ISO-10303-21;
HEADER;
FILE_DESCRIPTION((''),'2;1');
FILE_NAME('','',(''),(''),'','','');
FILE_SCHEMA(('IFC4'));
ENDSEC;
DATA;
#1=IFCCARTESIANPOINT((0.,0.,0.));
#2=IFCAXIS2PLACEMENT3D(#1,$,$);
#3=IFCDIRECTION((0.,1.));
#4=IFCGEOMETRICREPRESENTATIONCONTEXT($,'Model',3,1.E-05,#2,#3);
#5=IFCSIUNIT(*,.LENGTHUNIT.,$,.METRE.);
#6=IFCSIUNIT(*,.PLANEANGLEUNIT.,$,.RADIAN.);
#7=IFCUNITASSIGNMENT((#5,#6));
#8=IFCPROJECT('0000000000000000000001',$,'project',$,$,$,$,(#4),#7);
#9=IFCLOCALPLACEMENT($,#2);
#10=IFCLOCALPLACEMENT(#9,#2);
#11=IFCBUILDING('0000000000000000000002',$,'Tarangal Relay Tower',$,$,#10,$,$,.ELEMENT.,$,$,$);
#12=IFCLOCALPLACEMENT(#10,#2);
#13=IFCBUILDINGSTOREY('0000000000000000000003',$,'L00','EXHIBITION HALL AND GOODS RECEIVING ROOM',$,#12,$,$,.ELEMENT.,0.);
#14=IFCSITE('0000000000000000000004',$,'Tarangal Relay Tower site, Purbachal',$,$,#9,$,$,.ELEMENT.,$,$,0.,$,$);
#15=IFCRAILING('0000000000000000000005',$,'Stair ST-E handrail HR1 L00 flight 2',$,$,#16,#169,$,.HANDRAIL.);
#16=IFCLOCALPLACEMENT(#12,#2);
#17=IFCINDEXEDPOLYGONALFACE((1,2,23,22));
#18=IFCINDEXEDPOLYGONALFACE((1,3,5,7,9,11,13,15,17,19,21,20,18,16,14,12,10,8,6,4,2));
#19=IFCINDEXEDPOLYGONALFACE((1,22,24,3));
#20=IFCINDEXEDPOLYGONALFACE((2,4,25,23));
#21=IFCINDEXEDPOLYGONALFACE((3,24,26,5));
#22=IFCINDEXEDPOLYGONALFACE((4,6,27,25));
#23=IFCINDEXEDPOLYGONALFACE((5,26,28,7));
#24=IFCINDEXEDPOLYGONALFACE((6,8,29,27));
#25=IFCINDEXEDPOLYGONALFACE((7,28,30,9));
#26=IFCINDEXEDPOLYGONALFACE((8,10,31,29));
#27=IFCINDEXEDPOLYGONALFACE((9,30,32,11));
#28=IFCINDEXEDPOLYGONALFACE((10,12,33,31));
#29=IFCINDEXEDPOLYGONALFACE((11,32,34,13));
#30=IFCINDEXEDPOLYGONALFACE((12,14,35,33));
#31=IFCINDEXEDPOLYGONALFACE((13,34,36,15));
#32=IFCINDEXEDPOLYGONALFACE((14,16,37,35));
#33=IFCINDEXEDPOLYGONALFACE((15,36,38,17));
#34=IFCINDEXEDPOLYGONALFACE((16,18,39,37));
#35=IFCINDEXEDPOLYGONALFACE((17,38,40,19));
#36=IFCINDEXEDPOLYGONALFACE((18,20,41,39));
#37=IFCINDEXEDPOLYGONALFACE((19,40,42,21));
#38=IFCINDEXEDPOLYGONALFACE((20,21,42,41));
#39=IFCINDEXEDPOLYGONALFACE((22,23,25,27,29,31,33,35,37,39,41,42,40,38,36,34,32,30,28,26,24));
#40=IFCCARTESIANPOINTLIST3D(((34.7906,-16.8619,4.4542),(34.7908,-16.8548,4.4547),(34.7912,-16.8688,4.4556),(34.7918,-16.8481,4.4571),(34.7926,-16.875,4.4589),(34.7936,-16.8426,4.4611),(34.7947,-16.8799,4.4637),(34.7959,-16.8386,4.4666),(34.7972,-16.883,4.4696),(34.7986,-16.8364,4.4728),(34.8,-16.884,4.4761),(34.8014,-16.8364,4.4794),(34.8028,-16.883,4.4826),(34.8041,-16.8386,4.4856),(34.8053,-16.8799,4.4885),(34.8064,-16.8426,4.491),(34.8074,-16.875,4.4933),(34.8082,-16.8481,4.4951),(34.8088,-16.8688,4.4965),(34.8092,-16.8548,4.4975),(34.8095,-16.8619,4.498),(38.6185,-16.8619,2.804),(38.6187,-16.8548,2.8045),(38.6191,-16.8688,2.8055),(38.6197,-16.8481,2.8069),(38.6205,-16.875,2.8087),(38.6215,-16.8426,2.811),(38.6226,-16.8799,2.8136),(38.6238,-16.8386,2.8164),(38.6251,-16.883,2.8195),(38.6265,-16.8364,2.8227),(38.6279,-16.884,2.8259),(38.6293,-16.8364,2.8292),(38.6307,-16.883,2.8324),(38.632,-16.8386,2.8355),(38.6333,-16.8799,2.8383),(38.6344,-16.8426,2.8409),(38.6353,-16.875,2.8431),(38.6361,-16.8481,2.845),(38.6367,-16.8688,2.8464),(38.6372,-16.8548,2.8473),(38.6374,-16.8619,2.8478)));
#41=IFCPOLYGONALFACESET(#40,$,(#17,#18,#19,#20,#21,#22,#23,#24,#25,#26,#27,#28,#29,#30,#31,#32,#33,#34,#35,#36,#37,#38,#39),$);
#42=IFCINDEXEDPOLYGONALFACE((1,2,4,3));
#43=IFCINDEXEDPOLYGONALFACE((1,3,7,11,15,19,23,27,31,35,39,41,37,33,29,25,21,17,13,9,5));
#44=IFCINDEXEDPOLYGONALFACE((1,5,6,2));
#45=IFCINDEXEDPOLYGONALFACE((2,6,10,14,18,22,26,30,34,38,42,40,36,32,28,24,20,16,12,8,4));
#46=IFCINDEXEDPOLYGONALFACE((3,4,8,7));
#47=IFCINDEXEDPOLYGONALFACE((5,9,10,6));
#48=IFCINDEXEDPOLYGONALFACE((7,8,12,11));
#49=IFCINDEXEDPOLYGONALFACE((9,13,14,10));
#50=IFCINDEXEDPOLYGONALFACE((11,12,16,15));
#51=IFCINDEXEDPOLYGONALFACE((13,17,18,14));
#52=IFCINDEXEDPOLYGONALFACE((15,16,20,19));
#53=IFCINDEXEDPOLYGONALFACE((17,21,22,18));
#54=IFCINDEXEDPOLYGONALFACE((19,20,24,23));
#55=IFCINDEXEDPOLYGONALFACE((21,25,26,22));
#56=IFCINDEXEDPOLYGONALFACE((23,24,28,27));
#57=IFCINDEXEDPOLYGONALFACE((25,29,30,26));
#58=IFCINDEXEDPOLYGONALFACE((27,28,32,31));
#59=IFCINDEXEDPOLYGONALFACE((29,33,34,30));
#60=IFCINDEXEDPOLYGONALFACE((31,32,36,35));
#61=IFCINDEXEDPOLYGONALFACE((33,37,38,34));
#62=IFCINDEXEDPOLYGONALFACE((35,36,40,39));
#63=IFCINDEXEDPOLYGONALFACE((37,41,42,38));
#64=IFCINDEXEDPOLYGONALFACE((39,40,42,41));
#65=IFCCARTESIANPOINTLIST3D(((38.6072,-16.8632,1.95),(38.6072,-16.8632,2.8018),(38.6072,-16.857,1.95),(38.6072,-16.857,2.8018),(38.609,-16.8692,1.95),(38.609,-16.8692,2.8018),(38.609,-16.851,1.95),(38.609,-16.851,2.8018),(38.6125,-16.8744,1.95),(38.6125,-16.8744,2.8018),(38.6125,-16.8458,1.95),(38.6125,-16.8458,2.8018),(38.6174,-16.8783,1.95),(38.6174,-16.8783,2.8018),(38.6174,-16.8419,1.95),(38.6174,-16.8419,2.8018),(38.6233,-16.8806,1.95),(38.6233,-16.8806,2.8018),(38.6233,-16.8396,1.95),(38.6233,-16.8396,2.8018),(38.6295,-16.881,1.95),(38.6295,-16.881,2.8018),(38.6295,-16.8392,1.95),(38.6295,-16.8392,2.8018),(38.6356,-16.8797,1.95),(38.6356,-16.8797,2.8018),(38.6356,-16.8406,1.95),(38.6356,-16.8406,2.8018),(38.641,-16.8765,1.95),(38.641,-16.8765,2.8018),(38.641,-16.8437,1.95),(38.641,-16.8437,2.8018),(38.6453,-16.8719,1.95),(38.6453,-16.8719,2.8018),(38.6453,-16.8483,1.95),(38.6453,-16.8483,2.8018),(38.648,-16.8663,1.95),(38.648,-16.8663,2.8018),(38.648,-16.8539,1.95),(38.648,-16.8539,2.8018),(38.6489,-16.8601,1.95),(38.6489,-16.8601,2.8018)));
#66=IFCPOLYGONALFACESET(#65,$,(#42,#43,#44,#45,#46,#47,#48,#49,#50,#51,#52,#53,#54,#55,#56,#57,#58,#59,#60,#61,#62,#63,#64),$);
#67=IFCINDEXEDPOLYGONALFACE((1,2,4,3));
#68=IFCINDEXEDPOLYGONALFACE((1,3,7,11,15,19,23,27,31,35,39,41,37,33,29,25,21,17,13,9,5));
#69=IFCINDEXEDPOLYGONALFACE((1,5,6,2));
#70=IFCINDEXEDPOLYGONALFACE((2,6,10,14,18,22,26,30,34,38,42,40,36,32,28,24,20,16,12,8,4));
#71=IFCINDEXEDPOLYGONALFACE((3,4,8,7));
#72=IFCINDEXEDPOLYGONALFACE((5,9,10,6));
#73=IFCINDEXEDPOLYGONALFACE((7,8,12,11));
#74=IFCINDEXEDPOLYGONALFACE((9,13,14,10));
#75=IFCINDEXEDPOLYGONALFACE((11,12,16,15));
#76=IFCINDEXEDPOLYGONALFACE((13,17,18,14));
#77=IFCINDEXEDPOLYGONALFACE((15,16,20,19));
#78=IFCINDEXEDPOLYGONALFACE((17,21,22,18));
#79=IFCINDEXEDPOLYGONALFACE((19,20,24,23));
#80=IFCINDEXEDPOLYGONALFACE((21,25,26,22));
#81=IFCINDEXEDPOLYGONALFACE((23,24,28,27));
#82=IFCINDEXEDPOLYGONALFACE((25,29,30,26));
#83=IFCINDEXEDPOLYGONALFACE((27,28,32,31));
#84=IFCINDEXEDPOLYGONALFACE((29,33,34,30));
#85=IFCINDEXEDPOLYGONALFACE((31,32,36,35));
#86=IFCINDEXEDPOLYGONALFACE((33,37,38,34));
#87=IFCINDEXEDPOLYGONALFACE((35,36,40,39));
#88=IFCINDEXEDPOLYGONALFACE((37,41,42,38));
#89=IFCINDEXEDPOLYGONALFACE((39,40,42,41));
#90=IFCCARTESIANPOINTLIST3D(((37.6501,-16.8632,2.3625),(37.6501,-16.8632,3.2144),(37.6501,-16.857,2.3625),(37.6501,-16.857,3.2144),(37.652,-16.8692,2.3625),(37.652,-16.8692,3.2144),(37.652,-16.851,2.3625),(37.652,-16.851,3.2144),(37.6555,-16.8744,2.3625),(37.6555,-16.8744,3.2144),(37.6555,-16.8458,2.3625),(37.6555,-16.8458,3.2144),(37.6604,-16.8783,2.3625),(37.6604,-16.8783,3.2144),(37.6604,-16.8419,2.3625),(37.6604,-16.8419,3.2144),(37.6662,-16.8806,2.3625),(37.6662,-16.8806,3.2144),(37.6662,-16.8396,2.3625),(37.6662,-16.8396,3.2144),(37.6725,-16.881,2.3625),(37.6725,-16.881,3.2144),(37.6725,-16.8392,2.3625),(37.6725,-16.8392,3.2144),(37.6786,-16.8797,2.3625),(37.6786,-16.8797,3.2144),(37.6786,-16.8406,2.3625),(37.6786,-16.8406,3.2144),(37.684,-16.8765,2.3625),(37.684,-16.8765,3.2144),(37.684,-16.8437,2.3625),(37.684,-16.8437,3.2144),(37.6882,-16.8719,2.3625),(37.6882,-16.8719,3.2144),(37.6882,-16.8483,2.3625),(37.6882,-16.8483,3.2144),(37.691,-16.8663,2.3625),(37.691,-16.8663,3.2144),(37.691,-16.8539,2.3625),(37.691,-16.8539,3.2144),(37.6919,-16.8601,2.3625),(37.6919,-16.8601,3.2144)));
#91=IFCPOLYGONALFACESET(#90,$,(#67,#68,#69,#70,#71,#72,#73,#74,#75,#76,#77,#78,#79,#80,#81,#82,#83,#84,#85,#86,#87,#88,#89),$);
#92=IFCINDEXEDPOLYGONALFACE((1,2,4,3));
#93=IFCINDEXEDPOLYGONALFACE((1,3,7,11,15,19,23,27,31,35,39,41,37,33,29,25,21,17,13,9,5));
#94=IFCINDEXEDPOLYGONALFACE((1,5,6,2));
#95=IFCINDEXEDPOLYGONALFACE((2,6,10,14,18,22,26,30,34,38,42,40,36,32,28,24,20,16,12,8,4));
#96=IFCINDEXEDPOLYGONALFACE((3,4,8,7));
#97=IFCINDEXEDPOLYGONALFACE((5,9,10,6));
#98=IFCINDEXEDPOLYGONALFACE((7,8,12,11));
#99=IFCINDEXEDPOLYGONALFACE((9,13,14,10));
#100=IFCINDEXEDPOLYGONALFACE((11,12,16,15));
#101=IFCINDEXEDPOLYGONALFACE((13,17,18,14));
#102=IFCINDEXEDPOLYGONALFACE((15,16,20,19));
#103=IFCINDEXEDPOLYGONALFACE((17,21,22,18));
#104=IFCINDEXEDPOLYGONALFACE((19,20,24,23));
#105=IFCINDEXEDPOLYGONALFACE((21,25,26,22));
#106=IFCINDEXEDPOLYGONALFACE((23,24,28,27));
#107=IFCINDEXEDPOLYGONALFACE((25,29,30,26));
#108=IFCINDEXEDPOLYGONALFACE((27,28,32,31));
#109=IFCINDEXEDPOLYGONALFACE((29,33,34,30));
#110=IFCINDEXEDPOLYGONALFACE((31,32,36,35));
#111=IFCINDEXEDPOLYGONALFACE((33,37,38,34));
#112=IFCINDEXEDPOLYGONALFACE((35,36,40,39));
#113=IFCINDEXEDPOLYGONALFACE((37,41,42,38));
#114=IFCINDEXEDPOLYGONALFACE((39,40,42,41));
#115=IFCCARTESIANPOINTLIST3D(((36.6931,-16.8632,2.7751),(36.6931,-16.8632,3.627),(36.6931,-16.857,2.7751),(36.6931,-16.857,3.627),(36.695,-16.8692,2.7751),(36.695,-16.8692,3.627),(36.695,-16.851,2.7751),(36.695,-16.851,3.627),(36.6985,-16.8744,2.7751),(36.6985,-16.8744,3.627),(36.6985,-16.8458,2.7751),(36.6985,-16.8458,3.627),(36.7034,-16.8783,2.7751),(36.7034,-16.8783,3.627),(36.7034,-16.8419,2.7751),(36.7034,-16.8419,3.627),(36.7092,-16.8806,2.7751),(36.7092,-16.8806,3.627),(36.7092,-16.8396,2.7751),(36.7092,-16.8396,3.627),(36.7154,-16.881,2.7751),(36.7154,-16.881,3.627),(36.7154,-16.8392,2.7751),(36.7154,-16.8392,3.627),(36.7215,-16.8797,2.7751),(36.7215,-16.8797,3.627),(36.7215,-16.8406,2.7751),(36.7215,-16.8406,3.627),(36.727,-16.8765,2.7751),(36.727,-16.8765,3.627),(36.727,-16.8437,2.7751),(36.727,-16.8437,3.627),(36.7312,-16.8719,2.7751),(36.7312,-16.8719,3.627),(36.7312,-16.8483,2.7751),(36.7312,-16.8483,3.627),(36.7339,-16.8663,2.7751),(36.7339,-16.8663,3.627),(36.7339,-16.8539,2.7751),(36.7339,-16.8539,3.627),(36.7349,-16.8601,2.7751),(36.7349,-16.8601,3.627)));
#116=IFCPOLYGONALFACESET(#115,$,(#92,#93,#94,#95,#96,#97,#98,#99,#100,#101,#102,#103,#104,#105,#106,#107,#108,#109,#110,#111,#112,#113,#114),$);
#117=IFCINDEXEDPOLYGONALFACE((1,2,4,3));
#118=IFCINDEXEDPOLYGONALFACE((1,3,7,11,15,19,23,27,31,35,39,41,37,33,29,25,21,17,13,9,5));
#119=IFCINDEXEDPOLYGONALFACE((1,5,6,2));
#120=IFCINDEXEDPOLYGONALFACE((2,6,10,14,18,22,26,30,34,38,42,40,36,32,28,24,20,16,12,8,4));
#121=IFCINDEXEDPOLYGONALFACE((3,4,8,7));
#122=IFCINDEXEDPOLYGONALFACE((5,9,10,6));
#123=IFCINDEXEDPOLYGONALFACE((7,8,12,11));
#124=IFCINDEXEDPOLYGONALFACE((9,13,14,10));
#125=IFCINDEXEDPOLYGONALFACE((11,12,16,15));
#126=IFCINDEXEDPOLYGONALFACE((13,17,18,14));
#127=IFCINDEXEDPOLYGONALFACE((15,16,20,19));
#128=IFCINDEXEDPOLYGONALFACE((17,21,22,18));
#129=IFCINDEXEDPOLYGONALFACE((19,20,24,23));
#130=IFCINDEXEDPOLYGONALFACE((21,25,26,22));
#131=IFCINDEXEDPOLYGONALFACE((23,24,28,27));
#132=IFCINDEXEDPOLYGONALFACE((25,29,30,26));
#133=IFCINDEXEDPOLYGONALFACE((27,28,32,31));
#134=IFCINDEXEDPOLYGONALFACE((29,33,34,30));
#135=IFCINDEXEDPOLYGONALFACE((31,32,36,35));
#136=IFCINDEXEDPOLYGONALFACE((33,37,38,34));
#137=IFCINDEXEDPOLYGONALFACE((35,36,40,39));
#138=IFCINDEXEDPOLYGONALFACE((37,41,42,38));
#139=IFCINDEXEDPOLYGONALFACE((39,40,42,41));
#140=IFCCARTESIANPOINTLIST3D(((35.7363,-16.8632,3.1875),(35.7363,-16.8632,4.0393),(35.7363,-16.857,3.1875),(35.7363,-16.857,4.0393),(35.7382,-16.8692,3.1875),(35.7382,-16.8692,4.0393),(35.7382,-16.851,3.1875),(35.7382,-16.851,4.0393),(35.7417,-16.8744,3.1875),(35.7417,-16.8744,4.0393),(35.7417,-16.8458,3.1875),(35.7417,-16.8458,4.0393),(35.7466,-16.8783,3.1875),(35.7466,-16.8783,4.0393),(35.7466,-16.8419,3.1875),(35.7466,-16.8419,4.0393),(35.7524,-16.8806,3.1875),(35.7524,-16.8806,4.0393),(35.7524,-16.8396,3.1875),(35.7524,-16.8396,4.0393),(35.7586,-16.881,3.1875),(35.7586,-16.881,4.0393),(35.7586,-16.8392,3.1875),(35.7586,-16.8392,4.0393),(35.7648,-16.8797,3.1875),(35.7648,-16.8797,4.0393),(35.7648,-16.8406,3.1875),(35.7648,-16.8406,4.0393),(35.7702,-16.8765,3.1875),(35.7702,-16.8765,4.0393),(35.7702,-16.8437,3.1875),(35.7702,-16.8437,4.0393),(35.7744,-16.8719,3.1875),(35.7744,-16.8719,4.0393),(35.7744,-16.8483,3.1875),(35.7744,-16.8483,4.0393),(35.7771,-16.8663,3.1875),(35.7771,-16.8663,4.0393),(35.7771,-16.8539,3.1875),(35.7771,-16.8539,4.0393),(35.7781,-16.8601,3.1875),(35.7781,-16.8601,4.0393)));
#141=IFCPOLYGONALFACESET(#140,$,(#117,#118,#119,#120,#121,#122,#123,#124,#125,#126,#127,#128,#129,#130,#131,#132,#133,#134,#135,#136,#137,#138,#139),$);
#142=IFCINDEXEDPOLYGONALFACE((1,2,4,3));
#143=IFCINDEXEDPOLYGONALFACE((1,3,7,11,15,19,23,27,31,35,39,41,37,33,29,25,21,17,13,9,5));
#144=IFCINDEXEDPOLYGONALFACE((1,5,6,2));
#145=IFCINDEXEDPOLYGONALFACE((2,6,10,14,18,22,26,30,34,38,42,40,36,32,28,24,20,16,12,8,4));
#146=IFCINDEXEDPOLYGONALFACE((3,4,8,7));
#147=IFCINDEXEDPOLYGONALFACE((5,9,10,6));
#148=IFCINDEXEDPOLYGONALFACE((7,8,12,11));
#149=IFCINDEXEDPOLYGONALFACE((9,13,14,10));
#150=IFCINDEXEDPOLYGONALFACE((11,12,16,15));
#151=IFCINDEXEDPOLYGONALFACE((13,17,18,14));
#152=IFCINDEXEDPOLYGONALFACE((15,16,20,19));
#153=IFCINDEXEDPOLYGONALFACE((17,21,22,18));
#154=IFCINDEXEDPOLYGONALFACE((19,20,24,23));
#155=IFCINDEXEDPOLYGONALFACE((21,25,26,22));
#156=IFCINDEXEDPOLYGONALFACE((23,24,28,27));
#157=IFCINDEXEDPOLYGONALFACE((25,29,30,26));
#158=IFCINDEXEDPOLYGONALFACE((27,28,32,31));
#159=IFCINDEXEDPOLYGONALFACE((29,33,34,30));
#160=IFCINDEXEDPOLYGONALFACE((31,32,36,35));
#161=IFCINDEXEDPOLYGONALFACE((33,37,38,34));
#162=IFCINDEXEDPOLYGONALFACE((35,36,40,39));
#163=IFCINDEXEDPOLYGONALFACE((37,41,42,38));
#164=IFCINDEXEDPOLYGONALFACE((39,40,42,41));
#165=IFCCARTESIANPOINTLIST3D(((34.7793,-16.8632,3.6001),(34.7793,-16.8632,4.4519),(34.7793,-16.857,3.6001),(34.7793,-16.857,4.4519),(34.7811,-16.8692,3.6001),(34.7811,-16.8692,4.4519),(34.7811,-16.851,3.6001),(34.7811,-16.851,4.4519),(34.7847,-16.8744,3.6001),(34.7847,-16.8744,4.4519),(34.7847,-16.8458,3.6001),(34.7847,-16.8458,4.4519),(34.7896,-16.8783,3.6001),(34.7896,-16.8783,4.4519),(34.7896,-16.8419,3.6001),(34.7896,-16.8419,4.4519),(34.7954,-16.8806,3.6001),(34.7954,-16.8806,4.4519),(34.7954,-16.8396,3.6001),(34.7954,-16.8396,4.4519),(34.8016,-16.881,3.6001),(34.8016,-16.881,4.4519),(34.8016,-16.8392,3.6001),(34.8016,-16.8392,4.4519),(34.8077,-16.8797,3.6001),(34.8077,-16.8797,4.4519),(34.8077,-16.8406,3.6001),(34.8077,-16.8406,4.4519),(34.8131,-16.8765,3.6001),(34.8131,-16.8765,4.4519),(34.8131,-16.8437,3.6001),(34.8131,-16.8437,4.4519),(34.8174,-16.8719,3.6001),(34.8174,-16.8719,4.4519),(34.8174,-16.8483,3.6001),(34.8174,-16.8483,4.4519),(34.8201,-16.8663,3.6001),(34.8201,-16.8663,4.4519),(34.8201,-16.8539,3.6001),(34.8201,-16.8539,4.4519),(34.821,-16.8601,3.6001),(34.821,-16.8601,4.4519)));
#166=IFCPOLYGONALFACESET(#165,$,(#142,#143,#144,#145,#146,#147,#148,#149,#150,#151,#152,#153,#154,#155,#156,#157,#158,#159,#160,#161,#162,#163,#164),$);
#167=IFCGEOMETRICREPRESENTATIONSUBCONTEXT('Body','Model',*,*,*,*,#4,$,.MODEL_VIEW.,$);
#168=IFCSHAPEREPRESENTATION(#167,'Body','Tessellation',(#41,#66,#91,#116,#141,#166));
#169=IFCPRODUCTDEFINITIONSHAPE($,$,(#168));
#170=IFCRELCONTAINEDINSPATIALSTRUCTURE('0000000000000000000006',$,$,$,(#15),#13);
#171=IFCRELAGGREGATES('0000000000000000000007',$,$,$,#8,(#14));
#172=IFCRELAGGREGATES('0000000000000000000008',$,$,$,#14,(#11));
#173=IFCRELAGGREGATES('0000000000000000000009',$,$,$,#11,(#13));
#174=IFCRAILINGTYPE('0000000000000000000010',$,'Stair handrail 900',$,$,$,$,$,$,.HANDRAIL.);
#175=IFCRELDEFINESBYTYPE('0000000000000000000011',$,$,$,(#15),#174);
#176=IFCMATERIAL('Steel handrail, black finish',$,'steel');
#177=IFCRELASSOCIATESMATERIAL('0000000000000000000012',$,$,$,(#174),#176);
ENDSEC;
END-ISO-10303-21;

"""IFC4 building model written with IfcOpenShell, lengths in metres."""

from ifc_helpers import new_model, si_unit, direction, frame, origin, origin_2d, place, context, subcontext, project, spatial, circle, extrude, material, type_object, element, save


model = new_model("IFC4")

# Units and contexts
model_context = context("Model", 3, precision=1e-05, world=origin(), true_north=direction((0.0, 1.0)))
body_context = subcontext(model_context, "Body", "Model", "MODEL_VIEW")
ifc_project = project(units=[si_unit("LENGTHUNIT", "METRE"), si_unit("PLANEANGLEUNIT", "RADIAN")], contexts=[model_context])

# Site, building, storey
site_placement = place(None, origin())
site = spatial("IfcSite", under=ifc_project, at=site_placement, Name="Tarangal Relay Tower site, Purbachal", CompositionType="ELEMENT", RefElevation=0.0)
building_placement = place(site_placement, origin())
building = spatial("IfcBuilding", under=site, at=building_placement, Name="Tarangal Relay Tower", CompositionType="ELEMENT")
storey_placement = place(building_placement, origin())
storey = spatial("IfcBuildingStorey", under=building, at=storey_placement, Name="L00", Description="EXHIBITION HALL AND GOODS RECEIVING ROOM", CompositionType="ELEMENT", Elevation=0.0)

# Railing
ifc_material_1 = material(Name="Steel handrail, black finish", Category="steel")
railing_type = type_object("IfcRailingType", Name="Stair handrail 900", PredefinedType="HANDRAIL", material=ifc_material_1)
railing_1_placement = place(storey_placement, frame((38.6279, -16.8601, 1.95)))
element("IfcRailing", 1, at=railing_1_placement, inside=storey, type_object=railing_type, Name="Stair ST-E handrail HR1 L00 flight 2", PredefinedType="HANDRAIL", context=body_context, shape_type="SweptSolid", body=[
    extrude(circle(Radius=0.0239, at=origin_2d()), frame((0.0, 0.0, 0.876), z_axis=(-0.918307, 0.0, 0.395869), x_axis=(0.0, -1.0, 0.0)), (0.0, 0.0, 1.0), 4.1685),
    extrude(circle(Radius=0.021, at=origin_2d()), origin(), (0.0, 0.0, 1.0), 0.8518),
    extrude(circle(Radius=0.021, at=origin_2d()), frame((-0.957, 0.0, 0.4126)), (0.0, 0.0, 1.0), 0.8518),
    extrude(circle(Radius=0.021, at=origin_2d()), frame((-1.9141, 0.0, 0.8252)), (0.0, 0.0, 1.0), 0.8518),
    extrude(circle(Radius=0.021, at=origin_2d()), frame((-2.8708, 0.0, 1.2375)), (0.0, 0.0, 1.0), 0.8518),
    extrude(circle(Radius=0.021, at=origin_2d()), frame((-3.8279, 0.0, 1.6501)), (0.0, 0.0, 1.0), 0.8518),
])

save(model, "model.ifc")
